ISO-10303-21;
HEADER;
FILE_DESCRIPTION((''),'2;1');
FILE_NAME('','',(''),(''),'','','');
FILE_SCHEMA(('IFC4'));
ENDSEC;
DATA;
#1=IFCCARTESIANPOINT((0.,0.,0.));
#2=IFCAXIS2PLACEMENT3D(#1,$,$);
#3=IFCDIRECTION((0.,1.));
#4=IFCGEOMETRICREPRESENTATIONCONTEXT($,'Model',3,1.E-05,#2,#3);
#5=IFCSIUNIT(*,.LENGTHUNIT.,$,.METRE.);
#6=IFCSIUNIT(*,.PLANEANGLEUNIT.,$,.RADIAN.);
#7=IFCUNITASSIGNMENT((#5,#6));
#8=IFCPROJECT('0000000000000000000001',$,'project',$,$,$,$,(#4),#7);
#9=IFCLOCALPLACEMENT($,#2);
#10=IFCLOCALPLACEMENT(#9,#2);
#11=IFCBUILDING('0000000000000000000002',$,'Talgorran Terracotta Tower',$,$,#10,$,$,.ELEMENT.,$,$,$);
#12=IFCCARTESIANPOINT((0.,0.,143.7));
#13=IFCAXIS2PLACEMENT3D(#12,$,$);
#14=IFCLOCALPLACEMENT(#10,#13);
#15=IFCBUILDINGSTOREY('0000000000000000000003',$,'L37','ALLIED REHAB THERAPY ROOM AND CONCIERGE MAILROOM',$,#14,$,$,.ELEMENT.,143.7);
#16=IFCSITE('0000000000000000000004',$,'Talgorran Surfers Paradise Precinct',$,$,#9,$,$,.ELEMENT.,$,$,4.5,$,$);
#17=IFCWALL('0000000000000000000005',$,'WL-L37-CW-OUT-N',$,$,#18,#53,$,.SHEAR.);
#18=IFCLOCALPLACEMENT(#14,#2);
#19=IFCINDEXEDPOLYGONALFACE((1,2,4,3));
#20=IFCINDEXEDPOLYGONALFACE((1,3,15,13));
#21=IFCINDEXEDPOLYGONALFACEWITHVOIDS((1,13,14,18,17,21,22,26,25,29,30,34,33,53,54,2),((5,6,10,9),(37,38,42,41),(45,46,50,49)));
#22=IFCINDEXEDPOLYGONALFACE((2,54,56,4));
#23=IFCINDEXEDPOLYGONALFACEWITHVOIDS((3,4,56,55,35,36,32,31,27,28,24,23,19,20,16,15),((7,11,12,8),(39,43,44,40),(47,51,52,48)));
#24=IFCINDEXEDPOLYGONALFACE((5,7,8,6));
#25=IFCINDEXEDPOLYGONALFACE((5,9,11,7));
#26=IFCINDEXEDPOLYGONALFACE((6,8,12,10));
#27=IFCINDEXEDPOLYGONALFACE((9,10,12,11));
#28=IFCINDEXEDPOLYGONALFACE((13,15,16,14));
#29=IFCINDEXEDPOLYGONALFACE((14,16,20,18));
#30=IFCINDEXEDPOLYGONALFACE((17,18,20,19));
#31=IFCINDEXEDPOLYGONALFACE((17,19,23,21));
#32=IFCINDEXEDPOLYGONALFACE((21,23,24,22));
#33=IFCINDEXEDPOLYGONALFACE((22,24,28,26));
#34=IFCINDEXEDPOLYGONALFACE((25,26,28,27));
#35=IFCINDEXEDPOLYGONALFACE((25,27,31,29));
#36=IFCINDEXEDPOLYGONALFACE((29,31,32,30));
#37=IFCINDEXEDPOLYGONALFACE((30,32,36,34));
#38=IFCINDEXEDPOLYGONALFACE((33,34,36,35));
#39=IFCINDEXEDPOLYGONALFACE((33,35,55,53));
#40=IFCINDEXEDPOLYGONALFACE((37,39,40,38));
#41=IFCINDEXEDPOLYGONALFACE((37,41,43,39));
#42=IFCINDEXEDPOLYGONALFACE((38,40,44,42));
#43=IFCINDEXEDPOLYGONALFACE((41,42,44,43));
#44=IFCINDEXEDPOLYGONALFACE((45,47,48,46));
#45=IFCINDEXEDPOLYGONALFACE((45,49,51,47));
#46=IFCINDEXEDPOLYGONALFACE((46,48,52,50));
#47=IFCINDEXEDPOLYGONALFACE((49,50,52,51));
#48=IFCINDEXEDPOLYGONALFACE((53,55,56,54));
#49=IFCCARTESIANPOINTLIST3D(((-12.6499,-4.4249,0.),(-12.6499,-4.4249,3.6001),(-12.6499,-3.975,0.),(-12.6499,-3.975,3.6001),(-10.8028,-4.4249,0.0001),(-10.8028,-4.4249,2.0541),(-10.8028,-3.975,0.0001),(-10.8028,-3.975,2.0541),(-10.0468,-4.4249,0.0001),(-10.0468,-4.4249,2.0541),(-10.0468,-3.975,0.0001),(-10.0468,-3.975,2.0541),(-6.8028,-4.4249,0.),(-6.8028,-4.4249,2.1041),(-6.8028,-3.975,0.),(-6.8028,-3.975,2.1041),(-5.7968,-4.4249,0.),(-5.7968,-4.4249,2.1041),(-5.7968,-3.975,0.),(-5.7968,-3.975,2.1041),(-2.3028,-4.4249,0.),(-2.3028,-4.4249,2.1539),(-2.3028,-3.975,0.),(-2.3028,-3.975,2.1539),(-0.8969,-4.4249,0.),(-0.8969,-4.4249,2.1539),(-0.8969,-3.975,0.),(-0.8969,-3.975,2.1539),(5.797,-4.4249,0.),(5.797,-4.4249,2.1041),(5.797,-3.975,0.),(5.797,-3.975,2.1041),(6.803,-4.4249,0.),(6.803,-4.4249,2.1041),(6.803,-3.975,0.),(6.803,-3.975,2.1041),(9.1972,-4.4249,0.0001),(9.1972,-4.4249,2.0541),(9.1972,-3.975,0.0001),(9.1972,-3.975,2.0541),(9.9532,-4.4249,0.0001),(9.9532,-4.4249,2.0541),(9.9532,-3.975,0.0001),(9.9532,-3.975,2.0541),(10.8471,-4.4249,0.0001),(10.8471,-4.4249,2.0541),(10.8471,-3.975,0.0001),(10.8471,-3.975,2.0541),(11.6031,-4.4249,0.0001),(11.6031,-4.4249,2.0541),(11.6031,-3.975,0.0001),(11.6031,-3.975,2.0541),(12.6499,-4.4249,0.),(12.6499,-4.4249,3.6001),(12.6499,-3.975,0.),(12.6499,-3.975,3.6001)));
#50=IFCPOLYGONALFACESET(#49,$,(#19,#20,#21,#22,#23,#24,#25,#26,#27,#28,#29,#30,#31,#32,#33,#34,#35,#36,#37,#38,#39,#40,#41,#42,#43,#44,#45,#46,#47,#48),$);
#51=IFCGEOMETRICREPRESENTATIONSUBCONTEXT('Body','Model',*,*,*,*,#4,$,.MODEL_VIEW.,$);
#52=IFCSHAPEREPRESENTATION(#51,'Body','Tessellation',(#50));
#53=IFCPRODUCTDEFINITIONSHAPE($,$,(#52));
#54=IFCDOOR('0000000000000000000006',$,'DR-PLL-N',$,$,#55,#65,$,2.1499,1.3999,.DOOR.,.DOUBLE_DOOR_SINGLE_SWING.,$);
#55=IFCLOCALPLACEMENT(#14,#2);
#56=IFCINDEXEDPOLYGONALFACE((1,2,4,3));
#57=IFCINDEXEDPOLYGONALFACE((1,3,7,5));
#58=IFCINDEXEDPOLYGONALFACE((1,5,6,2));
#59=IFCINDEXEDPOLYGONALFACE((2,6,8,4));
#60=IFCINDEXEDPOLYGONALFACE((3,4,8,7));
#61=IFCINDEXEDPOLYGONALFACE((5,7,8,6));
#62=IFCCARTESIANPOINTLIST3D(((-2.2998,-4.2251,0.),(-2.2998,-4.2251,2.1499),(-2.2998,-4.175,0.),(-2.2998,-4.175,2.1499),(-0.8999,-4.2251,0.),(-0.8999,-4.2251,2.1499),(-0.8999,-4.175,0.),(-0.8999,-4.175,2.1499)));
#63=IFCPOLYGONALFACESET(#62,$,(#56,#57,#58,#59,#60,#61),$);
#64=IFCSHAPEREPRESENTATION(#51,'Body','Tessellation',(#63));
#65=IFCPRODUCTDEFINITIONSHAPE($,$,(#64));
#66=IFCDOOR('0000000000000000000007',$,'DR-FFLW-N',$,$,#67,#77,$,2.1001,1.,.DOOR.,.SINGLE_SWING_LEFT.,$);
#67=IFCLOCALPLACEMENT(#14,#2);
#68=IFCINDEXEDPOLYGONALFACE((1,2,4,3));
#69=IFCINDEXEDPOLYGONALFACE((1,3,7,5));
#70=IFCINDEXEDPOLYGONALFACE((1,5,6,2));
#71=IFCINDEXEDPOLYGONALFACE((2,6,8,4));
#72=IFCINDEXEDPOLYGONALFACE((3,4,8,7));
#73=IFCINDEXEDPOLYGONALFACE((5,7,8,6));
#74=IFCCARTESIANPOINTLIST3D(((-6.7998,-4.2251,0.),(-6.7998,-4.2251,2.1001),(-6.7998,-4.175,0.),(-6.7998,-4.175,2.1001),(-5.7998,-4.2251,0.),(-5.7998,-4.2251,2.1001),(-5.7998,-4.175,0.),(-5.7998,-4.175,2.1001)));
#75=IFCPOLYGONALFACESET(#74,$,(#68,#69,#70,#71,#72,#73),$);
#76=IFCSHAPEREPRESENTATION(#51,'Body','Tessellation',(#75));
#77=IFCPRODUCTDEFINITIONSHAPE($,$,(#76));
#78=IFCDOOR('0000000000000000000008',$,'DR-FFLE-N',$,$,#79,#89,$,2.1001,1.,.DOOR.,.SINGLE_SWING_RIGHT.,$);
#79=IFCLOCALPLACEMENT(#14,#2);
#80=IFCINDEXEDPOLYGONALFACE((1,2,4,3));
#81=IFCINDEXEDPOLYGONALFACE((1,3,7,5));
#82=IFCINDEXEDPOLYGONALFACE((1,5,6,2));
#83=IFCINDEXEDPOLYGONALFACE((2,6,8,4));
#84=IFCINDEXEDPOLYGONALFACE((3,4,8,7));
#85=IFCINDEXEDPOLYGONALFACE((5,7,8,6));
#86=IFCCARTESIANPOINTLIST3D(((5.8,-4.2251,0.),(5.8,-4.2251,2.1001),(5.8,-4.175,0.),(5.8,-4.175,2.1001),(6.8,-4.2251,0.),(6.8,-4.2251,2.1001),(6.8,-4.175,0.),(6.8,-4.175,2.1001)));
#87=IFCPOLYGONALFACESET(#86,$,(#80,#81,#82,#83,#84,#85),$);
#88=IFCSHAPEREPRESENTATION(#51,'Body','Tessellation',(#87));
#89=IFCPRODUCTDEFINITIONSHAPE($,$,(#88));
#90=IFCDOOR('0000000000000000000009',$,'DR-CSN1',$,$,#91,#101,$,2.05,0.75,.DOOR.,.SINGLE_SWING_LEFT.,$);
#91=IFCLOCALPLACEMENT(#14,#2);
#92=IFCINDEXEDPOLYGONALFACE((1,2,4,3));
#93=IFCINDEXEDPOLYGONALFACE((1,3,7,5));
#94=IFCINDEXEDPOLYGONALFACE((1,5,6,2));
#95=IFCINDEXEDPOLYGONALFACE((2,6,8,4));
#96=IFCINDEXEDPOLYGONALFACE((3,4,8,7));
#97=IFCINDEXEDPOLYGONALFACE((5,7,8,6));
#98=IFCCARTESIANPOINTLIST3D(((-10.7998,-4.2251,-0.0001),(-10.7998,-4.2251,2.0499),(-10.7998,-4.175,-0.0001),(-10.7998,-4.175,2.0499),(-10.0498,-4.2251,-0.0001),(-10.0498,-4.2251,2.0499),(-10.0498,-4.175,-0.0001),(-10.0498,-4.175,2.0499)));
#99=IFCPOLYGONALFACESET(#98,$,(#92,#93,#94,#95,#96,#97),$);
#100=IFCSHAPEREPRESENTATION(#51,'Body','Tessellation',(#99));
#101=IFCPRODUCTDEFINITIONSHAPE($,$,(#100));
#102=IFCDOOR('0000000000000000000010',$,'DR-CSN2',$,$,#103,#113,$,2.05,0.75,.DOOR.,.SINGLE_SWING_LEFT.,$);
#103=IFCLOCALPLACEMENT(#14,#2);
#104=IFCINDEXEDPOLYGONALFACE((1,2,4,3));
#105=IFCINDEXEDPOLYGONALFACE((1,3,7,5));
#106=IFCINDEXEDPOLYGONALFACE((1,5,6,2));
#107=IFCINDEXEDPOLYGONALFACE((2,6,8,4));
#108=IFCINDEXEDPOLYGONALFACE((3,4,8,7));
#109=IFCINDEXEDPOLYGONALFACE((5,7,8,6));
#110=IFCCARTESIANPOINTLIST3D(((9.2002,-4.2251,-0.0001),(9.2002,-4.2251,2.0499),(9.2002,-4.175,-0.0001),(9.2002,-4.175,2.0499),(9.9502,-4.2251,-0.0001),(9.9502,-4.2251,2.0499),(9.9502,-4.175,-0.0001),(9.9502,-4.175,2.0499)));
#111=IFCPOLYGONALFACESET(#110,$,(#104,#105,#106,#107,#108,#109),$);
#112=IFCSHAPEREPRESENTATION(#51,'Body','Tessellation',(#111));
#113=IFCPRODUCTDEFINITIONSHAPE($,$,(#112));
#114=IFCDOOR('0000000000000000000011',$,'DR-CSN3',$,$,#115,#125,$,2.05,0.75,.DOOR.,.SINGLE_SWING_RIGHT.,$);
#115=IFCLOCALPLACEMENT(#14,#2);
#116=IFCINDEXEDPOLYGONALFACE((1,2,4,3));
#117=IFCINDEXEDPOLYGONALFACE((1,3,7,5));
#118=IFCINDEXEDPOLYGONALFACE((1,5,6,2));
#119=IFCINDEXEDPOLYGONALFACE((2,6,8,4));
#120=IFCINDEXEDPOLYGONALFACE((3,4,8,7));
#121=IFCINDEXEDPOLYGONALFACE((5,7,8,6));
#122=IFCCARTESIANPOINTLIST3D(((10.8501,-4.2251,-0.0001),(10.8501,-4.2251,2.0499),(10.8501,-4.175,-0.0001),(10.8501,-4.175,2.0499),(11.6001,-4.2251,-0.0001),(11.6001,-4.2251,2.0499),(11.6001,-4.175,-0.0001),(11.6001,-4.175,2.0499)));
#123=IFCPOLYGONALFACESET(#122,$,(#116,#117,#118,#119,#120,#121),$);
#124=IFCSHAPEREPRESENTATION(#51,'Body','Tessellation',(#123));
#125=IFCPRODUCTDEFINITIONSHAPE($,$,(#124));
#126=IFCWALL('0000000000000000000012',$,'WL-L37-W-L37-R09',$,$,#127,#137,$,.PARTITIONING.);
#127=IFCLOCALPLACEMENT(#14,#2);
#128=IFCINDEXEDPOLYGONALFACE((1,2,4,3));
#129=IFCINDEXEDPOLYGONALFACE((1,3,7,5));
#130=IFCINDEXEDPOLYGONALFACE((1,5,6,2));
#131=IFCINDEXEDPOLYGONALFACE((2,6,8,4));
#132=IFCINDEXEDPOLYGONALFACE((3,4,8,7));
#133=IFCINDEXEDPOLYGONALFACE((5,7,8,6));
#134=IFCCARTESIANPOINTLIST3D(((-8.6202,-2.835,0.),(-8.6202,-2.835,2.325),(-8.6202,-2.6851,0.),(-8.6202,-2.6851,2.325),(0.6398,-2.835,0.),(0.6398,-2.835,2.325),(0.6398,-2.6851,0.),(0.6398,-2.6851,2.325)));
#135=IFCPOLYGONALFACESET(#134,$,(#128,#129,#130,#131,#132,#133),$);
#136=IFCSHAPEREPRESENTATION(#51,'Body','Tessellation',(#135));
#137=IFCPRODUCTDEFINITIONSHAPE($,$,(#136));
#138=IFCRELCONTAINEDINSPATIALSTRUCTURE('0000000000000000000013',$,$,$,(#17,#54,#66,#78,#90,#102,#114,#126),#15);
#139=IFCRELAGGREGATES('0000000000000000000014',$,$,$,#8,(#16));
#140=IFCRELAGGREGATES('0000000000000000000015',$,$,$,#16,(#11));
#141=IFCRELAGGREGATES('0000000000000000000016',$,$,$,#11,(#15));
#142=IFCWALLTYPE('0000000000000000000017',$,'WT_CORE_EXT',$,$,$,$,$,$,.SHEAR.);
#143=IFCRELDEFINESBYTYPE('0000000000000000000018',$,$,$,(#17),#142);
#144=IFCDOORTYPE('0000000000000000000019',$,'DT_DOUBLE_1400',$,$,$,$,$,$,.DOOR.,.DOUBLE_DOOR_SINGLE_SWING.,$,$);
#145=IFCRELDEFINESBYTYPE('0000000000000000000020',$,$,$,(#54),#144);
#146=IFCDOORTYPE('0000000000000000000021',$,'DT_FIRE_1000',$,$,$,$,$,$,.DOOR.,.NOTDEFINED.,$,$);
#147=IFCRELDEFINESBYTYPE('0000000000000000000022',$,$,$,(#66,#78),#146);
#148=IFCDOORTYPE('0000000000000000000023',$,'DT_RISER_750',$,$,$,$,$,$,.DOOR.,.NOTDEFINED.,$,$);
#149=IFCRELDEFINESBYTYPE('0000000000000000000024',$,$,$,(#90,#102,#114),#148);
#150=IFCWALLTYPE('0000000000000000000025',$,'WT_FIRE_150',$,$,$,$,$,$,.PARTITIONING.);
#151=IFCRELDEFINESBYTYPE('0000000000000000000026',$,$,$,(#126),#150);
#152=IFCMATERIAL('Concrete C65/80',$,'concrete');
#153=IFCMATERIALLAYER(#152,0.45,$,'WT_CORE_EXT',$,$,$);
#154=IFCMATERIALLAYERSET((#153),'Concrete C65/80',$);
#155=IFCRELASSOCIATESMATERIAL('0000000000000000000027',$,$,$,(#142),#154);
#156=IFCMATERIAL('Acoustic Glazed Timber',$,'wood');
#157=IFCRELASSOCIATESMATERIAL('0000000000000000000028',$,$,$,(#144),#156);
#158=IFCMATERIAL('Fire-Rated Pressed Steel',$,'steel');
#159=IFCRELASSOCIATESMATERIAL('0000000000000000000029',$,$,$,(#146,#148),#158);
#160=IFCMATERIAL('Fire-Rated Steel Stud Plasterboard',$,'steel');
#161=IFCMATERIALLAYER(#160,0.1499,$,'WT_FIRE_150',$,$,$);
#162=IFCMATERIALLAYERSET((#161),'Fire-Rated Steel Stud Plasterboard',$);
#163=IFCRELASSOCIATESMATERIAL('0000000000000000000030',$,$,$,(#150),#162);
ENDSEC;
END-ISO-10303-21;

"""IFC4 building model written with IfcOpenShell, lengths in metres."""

from ifc_helpers import new_model, si_unit, direction, frame, frame_2d, origin, place, context, subcontext, project, spatial, rectangle, extrude, material, layer, layer_set, type_object, element, fill, save


model = new_model("IFC4")

# Units and contexts
model_context = context("Model", 3, precision=1e-05, world=origin(), true_north=direction((0.0, 1.0)))
body_context = subcontext(model_context, "Body", "Model", "MODEL_VIEW")
ifc_project = project(units=[si_unit("LENGTHUNIT", "METRE"), si_unit("PLANEANGLEUNIT", "RADIAN")], contexts=[model_context])

# Site, building, storey
site_placement = place(None, origin())
site = spatial("IfcSite", under=ifc_project, at=site_placement, Name="Talgorran Surfers Paradise Precinct", CompositionType="ELEMENT", RefElevation=4.5)
building_placement = place(site_placement, origin())
building = spatial("IfcBuilding", under=site, at=building_placement, Name="Talgorran Terracotta Tower", CompositionType="ELEMENT")
storey_placement = place(building_placement, frame((0.0, 0.0, 143.7)))
storey = spatial("IfcBuildingStorey", under=building, at=storey_placement, Name="L37", Description="ALLIED REHAB THERAPY ROOM AND CONCIERGE MAILROOM", CompositionType="ELEMENT", Elevation=143.7)

# Wall, openings, doors
ifc_material_1 = material(Name="Concrete C65/80", Category="concrete")
ifc_layer_1 = layer(ifc_material_1, 0.45, Name="WT_CORE_EXT")
ifc_layer_set_1 = layer_set([ifc_layer_1], Name="Concrete C65/80")
wall_type_1 = type_object("IfcWallType", Name="WT_CORE_EXT", PredefinedType="SHEAR", material=ifc_layer_set_1)
wall_1_placement = place(storey_placement, frame((-12.6499, -4.2, 0.0), z_axis=(0.0, 0.0, 1.0), x_axis=(1.0, 0.0, 0.0)))
wall_1 = element("IfcWall", 1, at=wall_1_placement, inside=storey, type_object=wall_type_1, Name="WL-L37-CW-OUT-N", PredefinedType="SHEAR", context=body_context, shape_type="SweptSolid", body=[
    extrude(rectangle(XDim=25.2998, YDim=0.45, at=frame_2d((12.6499, 0.0))), origin(), (0.0, 0.0, 1.0), 3.6001),
])
opening_1_placement = place(wall_1_placement, frame((1.8501, 0.0, 0.0)))
opening_1 = element("IfcOpeningElement", 2, at=opening_1_placement, cuts=wall_1, PredefinedType="OPENING", context=body_context, shape_type="SweptSolid", body=[
    extrude(rectangle(XDim=0.756, YDim=2.054, at=frame_2d((0.375, 1.0271))), frame((0.0, 0.2349, 0.0), z_axis=(0.0, -1.0, 0.0), x_axis=(1.0, 0.0, 0.0)), (0.0, 0.0, 1.0), 0.47),
])
opening_2_placement = place(wall_1_placement, frame((21.8501, 0.0, 0.0)))
opening_2 = element("IfcOpeningElement", 3, at=opening_2_placement, cuts=wall_1, PredefinedType="OPENING", context=body_context, shape_type="SweptSolid", body=[
    extrude(rectangle(XDim=0.756, YDim=2.054, at=frame_2d((0.375, 1.0271))), frame((0.0, 0.2349, 0.0), z_axis=(0.0, -1.0, 0.0), x_axis=(1.0, 0.0, 0.0)), (0.0, 0.0, 1.0), 0.47),
])
opening_3_placement = place(wall_1_placement, frame((23.5, 0.0, 0.0)))
opening_3 = element("IfcOpeningElement", 4, at=opening_3_placement, cuts=wall_1, PredefinedType="OPENING", context=body_context, shape_type="SweptSolid", body=[
    extrude(rectangle(XDim=0.756, YDim=2.054, at=frame_2d((0.375, 1.0271))), frame((0.0, 0.2349, 0.0), z_axis=(0.0, -1.0, 0.0), x_axis=(1.0, 0.0, 0.0)), (0.0, 0.0, 1.0), 0.47),
])
opening_4_placement = place(wall_1_placement, frame((5.8501, 0.0, 0.0)))
opening_4 = element("IfcOpeningElement", 5, at=opening_4_placement, cuts=wall_1, PredefinedType="OPENING", context=body_context, shape_type="SweptSolid", body=[
    extrude(rectangle(XDim=1.006, YDim=2.1041, at=frame_2d((0.5, 1.052))), frame((0.0, 0.2349, 0.0), z_axis=(0.0, -1.0, 0.0), x_axis=(1.0, 0.0, 0.0)), (0.0, 0.0, 1.0), 0.47),
])
opening_5_placement = place(wall_1_placement, frame((10.3501, 0.0, 0.0)))
opening_5 = element("IfcOpeningElement", 6, at=opening_5_placement, cuts=wall_1, PredefinedType="OPENING", context=body_context, shape_type="SweptSolid", body=[
    extrude(rectangle(XDim=1.4059, YDim=2.1539, at=frame_2d((0.7, 1.0769))), frame((0.0, 0.2349, 0.0), z_axis=(0.0, -1.0, 0.0), x_axis=(1.0, 0.0, 0.0)), (0.0, 0.0, 1.0), 0.47),
])
opening_6_placement = place(wall_1_placement, frame((18.45, 0.0, 0.0)))
opening_6 = element("IfcOpeningElement", 7, at=opening_6_placement, cuts=wall_1, PredefinedType="OPENING", context=body_context, shape_type="SweptSolid", body=[
    extrude(rectangle(XDim=1.006, YDim=2.1041, at=frame_2d((0.5, 1.052))), frame((0.0, 0.2349, 0.0), z_axis=(0.0, -1.0, 0.0), x_axis=(1.0, 0.0, 0.0)), (0.0, 0.0, 1.0), 0.47),
])
ifc_material_2 = material(Name="Acoustic Glazed Timber", Category="wood")
door_type_1 = type_object("IfcDoorType", Name="DT_DOUBLE_1400", OperationType="DOUBLE_DOOR_SINGLE_SWING", PredefinedType="DOOR", material=ifc_material_2)
door_1_placement = place(opening_5_placement, origin())
door_1 = element("IfcDoor", 8, at=door_1_placement, inside=storey, type_object=door_type_1, Name="DR-PLL-N", OperationType="DOUBLE_DOOR_SINGLE_SWING", OverallHeight=2.1499, OverallWidth=1.3999, PredefinedType="DOOR", context=body_context, shape_type="SweptSolid", body=[
    extrude(rectangle(XDim=1.3999, YDim=2.1499, at=frame_2d((0.7, 1.075))), frame((0.0, 0.0249, 0.0), z_axis=(0.0, -1.0, 0.0), x_axis=(1.0, 0.0, 0.0)), (0.0, 0.0, 1.0), 0.05),
])
fill(opening_5, door_1)
ifc_material_3 = material(Name="Fire-Rated Pressed Steel", Category="steel")
door_type_2 = type_object("IfcDoorType", Name="DT_FIRE_1000", OperationType="NOTDEFINED", PredefinedType="DOOR", material=ifc_material_3)
door_2_placement = place(opening_4_placement, origin())
door_2 = element("IfcDoor", 9, at=door_2_placement, inside=storey, type_object=door_type_2, Name="DR-FFLW-N", OperationType="SINGLE_SWING_LEFT", OverallHeight=2.1001, OverallWidth=1.0, PredefinedType="DOOR", context=body_context, shape_type="SweptSolid", body=[
    extrude(rectangle(XDim=1.0, YDim=2.1001, at=frame_2d((0.5, 1.05))), frame((0.0, 0.0249, 0.0), z_axis=(0.0, -1.0, 0.0), x_axis=(1.0, 0.0, 0.0)), (0.0, 0.0, 1.0), 0.05),
])
fill(opening_4, door_2)
door_3_placement = place(opening_6_placement, origin())
door_3 = element("IfcDoor", 10, at=door_3_placement, inside=storey, type_object=door_type_2, Name="DR-FFLE-N", OperationType="SINGLE_SWING_RIGHT", OverallHeight=2.1001, OverallWidth=1.0, PredefinedType="DOOR", context=body_context, shape_type="SweptSolid", body=[
    extrude(rectangle(XDim=1.0, YDim=2.1001, at=frame_2d((0.5, 1.05))), frame((0.0, 0.0249, 0.0), z_axis=(0.0, -1.0, 0.0), x_axis=(1.0, 0.0, 0.0)), (0.0, 0.0, 1.0), 0.05),
])
fill(opening_6, door_3)
door_type_3 = type_object("IfcDoorType", Name="DT_RISER_750", OperationType="NOTDEFINED", PredefinedType="DOOR", material=ifc_material_3)
door_4_placement = place(opening_1_placement, origin())
door_4 = element("IfcDoor", 11, at=door_4_placement, inside=storey, type_object=door_type_3, Name="DR-CSN1", OperationType="SINGLE_SWING_LEFT", OverallHeight=2.05, OverallWidth=0.75, PredefinedType="DOOR", context=body_context, shape_type="SweptSolid", body=[
    extrude(rectangle(XDim=0.75, YDim=2.05, at=frame_2d((0.375, 1.0249))), frame((0.0, 0.0249, 0.0), z_axis=(0.0, -1.0, 0.0), x_axis=(1.0, 0.0, 0.0)), (0.0, 0.0, 1.0), 0.05),
])
fill(opening_1, door_4)
door_5_placement = place(opening_2_placement, origin())
door_5 = element("IfcDoor", 12, at=door_5_placement, inside=storey, type_object=door_type_3, Name="DR-CSN2", OperationType="SINGLE_SWING_LEFT", OverallHeight=2.05, OverallWidth=0.75, PredefinedType="DOOR", context=body_context, shape_type="SweptSolid", body=[
    extrude(rectangle(XDim=0.75, YDim=2.05, at=frame_2d((0.375, 1.0249))), frame((0.0, 0.0249, 0.0), z_axis=(0.0, -1.0, 0.0), x_axis=(1.0, 0.0, 0.0)), (0.0, 0.0, 1.0), 0.05),
])
fill(opening_2, door_5)
door_6_placement = place(opening_3_placement, origin())
door_6 = element("IfcDoor", 13, at=door_6_placement, inside=storey, type_object=door_type_3, Name="DR-CSN3", OperationType="SINGLE_SWING_RIGHT", OverallHeight=2.05, OverallWidth=0.75, PredefinedType="DOOR", context=body_context, shape_type="SweptSolid", body=[
    extrude(rectangle(XDim=0.75, YDim=2.05, at=frame_2d((0.375, 1.0249))), frame((0.0, 0.0249, 0.0), z_axis=(0.0, -1.0, 0.0), x_axis=(1.0, 0.0, 0.0)), (0.0, 0.0, 1.0), 0.05),
])
fill(opening_3, door_6)

# Wall
ifc_material_4 = material(Name="Fire-Rated Steel Stud Plasterboard", Category="steel")
ifc_layer_2 = layer(ifc_material_4, 0.1499, Name="WT_FIRE_150")
ifc_layer_set_2 = layer_set([ifc_layer_2], Name="Fire-Rated Steel Stud Plasterboard")
wall_type_2 = type_object("IfcWallType", Name="WT_FIRE_150", PredefinedType="PARTITIONING", material=ifc_layer_set_2)
wall_2_placement = place(storey_placement, frame((-8.6201, -2.76, 0.0), z_axis=(0.0, 0.0, 1.0), x_axis=(1.0, 0.0, 0.0)))
element("IfcWall", 14, at=wall_2_placement, inside=storey, type_object=wall_type_2, Name="WL-L37-W-L37-R09", PredefinedType="PARTITIONING", context=body_context, shape_type="SweptSolid", body=[
    extrude(rectangle(XDim=9.26, YDim=0.1499, at=frame_2d((4.6299, 0.0))), origin(), (0.0, 0.0, 1.0), 2.325),
])

save(model, "model.ifc")
